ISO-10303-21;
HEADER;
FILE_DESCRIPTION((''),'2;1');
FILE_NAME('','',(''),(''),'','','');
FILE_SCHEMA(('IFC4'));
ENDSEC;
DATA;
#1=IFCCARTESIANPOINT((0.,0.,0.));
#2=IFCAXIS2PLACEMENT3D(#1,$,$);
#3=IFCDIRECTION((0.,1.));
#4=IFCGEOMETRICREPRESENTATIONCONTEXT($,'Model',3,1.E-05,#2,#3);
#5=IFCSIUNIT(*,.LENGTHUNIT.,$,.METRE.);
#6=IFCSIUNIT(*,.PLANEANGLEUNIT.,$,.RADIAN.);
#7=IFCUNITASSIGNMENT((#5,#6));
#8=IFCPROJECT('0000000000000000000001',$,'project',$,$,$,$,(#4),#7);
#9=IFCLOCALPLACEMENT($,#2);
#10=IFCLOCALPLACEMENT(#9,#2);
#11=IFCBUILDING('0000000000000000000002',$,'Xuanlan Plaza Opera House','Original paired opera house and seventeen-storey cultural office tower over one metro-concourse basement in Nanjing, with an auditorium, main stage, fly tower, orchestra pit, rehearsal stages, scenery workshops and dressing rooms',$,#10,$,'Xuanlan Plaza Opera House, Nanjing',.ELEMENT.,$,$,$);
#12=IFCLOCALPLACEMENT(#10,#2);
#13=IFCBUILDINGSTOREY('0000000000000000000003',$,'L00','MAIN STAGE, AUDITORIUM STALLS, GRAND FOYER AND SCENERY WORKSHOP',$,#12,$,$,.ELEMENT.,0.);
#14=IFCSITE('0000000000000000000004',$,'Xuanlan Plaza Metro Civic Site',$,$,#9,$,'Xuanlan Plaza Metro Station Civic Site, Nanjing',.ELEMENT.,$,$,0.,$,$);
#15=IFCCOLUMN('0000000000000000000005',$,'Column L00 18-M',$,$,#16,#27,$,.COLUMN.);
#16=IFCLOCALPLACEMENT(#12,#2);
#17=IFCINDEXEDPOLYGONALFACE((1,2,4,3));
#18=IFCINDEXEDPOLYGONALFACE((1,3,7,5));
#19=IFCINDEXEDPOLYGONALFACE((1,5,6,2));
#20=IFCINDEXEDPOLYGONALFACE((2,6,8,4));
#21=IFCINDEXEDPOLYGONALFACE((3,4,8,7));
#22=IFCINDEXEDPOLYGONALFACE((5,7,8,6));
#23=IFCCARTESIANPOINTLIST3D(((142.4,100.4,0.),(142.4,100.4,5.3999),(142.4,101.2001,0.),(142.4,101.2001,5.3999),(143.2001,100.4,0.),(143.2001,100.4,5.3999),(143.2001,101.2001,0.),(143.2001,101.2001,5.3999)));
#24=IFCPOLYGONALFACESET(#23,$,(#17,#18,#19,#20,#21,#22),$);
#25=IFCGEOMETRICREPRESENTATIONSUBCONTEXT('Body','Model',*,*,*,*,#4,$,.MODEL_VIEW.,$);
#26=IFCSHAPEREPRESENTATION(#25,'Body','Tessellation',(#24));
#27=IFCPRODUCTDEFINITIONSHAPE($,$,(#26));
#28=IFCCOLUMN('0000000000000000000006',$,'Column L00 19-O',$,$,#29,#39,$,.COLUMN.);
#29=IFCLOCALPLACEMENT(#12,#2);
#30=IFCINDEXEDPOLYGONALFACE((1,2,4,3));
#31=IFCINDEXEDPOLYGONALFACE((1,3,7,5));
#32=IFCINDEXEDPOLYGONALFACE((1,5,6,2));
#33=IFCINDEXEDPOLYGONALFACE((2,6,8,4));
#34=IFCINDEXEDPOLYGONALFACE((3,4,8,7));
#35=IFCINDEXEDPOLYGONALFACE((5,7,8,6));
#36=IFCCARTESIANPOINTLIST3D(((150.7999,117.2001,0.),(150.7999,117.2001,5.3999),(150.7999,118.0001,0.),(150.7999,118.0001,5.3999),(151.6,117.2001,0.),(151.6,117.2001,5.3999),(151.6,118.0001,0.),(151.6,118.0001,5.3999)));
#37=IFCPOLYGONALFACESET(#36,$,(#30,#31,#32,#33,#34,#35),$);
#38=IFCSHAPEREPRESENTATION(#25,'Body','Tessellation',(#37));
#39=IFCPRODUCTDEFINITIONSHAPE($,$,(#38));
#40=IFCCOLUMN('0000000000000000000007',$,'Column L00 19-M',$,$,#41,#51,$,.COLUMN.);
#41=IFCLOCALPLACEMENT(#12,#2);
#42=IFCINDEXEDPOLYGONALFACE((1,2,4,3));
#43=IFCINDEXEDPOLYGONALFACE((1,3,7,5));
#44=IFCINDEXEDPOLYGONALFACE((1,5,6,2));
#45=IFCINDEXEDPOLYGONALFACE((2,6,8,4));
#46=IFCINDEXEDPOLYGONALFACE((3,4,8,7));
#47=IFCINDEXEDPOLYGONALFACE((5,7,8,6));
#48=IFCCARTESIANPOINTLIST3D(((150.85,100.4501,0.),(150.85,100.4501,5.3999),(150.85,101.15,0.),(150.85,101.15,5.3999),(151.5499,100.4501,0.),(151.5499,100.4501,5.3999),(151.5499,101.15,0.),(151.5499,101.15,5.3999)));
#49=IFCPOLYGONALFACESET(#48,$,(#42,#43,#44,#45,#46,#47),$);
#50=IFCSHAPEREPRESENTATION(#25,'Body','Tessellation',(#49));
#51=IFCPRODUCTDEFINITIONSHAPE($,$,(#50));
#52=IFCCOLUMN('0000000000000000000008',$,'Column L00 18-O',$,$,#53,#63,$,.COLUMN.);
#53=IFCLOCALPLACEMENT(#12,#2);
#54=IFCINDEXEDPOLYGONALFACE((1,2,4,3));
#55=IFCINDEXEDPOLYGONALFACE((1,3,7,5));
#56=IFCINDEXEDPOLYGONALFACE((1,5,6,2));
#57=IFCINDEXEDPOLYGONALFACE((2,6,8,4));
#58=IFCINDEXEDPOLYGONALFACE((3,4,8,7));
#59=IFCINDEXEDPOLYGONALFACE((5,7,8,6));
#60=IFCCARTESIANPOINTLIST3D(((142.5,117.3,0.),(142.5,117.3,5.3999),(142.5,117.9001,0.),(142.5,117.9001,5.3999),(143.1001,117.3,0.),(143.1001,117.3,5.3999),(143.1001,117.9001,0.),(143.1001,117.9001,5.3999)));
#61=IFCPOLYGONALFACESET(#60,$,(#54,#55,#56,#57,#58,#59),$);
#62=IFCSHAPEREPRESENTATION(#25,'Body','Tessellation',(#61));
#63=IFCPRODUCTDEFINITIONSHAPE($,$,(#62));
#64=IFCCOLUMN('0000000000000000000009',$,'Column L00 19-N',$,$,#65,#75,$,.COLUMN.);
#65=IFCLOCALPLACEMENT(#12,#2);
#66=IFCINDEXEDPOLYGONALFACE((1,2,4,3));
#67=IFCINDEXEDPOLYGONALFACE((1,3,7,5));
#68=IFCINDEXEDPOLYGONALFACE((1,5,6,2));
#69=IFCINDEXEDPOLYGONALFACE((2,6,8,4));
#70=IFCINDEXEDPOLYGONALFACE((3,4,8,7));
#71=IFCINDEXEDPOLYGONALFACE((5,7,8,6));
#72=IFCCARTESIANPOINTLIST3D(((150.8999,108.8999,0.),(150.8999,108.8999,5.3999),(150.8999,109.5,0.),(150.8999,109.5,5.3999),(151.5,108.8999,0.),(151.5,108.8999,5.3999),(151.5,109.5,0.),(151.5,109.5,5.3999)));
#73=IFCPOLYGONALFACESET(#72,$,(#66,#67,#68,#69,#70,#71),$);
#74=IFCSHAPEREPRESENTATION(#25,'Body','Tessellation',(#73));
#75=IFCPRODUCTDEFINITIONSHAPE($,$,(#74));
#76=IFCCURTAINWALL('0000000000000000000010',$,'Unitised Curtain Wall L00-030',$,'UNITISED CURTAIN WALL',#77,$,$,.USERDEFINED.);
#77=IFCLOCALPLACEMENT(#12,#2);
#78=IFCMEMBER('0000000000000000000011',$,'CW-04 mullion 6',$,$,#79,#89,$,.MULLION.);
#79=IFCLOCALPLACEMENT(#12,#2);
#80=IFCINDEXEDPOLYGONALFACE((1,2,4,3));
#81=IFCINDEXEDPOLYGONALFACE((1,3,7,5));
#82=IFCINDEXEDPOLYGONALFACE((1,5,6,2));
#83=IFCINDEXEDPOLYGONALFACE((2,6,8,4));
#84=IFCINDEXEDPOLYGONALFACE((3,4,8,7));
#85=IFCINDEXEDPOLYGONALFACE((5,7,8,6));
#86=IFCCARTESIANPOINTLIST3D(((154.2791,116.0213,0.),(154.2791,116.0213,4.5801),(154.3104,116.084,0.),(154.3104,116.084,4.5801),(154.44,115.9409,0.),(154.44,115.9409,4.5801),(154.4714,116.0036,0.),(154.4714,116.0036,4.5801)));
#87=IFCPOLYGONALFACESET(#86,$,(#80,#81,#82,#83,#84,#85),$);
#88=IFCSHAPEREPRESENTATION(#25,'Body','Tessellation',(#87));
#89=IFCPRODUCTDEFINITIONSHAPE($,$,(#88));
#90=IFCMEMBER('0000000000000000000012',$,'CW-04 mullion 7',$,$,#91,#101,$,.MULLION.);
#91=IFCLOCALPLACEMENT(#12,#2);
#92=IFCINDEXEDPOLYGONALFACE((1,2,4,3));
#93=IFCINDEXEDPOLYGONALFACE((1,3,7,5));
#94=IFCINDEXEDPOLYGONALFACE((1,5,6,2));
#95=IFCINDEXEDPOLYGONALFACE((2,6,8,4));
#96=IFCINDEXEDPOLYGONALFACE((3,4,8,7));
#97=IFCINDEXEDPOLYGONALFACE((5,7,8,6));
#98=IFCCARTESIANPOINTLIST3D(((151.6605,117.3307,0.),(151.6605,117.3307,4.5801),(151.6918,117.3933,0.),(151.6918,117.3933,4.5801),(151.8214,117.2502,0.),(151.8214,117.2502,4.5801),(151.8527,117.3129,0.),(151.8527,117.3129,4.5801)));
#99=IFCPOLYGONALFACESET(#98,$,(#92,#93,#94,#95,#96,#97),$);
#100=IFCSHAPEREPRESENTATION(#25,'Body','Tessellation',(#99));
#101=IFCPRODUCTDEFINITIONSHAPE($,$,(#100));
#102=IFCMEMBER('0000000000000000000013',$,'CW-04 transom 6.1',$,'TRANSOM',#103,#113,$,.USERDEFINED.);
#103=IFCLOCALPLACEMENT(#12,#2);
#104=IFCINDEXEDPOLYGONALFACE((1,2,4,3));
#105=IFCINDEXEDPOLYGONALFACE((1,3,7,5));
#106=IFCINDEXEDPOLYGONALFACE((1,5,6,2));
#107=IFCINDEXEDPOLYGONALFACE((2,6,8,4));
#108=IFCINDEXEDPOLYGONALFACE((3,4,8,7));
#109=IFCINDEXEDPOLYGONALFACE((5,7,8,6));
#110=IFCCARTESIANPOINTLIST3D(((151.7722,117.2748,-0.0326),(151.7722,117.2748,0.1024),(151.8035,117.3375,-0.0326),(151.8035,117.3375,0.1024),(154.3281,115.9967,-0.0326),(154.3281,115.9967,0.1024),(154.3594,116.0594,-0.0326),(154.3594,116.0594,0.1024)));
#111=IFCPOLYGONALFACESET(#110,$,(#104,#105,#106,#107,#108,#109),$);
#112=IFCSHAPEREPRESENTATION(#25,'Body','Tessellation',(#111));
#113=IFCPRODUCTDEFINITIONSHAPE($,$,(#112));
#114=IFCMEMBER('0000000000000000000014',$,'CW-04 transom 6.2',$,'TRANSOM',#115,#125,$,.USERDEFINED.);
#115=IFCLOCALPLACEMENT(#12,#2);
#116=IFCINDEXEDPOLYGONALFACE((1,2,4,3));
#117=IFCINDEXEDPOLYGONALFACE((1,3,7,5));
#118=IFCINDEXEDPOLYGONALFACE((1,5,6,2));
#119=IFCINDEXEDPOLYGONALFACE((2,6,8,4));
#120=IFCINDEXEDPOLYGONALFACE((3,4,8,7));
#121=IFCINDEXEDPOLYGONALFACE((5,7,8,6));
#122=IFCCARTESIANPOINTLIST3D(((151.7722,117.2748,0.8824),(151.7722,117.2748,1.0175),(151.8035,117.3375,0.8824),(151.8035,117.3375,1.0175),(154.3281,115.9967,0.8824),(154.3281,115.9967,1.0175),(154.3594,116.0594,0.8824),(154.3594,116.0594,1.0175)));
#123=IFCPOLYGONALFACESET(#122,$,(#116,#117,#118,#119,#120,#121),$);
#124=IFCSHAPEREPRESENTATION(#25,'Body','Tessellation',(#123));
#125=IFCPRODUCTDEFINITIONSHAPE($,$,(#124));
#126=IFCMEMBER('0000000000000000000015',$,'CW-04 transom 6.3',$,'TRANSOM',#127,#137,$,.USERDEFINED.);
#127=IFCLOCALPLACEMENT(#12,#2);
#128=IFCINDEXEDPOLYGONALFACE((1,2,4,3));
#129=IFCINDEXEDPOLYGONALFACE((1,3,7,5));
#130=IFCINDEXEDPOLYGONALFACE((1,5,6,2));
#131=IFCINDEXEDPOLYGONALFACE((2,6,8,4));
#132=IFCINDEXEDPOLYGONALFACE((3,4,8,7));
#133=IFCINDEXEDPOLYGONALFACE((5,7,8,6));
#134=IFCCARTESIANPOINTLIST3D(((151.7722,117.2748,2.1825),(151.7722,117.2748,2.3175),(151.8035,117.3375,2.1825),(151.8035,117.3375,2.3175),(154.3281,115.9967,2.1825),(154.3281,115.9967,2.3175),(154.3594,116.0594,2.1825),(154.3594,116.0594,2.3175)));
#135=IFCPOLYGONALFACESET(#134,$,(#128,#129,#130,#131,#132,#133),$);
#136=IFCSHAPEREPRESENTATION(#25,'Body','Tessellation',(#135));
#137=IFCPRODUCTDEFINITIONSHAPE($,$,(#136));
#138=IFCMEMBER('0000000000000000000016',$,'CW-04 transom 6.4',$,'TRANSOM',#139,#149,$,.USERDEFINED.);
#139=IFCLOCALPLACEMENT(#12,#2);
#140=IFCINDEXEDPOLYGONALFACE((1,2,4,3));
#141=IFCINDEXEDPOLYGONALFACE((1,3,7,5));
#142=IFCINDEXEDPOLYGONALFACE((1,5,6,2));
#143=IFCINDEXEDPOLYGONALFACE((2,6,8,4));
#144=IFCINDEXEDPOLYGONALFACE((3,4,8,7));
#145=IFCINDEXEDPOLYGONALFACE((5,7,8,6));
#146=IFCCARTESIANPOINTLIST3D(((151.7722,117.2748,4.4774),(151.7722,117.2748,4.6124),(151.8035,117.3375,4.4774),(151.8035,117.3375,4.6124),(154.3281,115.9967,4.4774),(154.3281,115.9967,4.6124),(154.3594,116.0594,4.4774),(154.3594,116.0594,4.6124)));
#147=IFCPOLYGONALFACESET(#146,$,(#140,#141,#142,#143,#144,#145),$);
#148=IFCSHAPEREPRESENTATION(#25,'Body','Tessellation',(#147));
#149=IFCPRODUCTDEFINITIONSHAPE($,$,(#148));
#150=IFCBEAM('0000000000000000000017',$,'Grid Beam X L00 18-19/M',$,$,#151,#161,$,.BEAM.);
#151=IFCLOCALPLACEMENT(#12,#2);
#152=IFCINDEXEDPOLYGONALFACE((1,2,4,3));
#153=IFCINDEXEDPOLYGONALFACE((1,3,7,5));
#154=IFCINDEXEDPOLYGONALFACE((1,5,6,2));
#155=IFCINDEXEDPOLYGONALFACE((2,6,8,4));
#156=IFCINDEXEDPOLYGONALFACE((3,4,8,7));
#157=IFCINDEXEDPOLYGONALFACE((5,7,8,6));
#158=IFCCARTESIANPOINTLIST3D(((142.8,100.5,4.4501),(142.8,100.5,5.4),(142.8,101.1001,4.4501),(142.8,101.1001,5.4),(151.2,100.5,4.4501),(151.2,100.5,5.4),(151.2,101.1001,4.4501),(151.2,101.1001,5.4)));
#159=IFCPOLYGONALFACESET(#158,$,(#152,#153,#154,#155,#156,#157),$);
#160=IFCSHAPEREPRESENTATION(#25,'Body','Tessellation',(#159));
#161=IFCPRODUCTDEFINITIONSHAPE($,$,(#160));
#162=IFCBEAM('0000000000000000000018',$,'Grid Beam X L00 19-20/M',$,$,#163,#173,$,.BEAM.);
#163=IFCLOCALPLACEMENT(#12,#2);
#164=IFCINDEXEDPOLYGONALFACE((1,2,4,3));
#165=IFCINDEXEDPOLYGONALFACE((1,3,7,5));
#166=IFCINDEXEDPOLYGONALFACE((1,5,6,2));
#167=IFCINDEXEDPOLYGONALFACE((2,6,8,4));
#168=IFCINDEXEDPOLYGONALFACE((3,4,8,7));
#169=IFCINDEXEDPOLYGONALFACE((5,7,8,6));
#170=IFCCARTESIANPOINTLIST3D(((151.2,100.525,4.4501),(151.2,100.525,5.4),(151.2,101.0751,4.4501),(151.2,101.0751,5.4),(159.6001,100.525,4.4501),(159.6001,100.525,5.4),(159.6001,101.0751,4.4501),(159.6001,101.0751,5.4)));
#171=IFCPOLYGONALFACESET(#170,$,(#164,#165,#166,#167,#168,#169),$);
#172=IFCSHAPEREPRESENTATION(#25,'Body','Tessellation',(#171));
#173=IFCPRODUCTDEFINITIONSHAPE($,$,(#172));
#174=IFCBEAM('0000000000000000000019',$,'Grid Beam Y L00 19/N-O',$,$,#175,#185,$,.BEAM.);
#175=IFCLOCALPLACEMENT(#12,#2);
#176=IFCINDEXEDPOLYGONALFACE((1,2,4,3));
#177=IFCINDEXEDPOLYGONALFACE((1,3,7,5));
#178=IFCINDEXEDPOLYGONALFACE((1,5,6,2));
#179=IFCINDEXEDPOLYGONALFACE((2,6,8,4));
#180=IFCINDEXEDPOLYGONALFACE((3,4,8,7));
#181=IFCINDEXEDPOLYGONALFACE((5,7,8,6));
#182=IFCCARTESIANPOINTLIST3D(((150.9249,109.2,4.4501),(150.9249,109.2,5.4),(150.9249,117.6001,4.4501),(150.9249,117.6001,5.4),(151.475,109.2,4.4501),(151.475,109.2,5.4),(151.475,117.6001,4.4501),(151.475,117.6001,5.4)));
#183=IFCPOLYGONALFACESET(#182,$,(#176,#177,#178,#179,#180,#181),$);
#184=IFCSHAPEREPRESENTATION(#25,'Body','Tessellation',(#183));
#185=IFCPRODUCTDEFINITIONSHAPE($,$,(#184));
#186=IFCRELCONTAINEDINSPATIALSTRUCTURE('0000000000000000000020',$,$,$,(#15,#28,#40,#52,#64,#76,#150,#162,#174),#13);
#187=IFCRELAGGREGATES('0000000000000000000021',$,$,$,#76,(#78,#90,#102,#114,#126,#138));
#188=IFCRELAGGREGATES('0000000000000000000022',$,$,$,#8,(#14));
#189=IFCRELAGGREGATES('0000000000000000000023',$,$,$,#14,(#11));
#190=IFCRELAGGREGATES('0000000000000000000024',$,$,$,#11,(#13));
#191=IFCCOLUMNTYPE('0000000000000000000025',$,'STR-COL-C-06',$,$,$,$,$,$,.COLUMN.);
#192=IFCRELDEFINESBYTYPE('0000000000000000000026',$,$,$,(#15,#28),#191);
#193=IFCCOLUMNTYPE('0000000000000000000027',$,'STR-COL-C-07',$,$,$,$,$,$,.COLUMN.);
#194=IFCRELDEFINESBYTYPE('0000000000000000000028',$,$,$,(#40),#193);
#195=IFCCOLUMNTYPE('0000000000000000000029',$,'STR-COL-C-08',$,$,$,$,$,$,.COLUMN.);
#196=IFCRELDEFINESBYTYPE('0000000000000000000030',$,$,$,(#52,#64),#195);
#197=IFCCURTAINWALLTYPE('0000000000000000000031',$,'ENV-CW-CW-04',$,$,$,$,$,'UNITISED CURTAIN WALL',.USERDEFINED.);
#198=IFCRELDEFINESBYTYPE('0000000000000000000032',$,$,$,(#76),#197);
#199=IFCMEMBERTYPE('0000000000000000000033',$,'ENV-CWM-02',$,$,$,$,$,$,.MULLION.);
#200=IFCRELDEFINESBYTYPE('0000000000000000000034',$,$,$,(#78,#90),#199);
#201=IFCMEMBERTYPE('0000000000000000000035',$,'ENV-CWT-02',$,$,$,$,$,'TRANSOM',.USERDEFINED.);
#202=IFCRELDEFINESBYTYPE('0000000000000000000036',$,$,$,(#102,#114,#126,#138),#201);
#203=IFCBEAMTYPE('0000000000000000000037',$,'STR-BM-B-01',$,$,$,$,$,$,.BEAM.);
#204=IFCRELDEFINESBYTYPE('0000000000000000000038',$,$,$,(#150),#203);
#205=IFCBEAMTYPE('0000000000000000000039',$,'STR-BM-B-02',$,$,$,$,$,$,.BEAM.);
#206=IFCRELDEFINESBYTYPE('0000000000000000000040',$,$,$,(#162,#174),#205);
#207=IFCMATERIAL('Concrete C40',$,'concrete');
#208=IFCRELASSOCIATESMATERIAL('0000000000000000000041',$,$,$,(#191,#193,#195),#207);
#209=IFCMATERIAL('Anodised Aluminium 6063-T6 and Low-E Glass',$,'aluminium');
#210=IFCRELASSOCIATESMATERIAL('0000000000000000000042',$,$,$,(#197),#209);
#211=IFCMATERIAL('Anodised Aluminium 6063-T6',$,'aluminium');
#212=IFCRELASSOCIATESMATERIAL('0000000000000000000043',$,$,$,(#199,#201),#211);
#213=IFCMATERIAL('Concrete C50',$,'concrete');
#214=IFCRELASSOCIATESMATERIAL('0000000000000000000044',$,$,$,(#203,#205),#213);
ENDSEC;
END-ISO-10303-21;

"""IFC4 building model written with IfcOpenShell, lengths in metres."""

from ifc_helpers import new_model, si_unit, direction, frame, origin, origin_2d, place, context, subcontext, project, spatial, rectangle, extrude, material, material_profile, profile_set, type_object, element, aggregate, save


model = new_model("IFC4")

# Units and contexts
model_context = context("Model", 3, precision=1e-05, world=origin(), true_north=direction((0.0, 1.0)))
body_context = subcontext(model_context, "Body", "Model", "MODEL_VIEW")
ifc_project = project(units=[si_unit("LENGTHUNIT", "METRE"), si_unit("PLANEANGLEUNIT", "RADIAN")], contexts=[model_context])

# Site, building, storey
site_placement = place(None, origin())
site = spatial("IfcSite", under=ifc_project, at=site_placement, Name="Xuanlan Plaza Metro Civic Site", LongName="Xuanlan Plaza Metro Station Civic Site, Nanjing", CompositionType="ELEMENT", RefElevation=0.0)
building_placement = place(site_placement, origin())
building = spatial("IfcBuilding", under=site, at=building_placement, Name="Xuanlan Plaza Opera House", Description="Original paired opera house and seventeen-storey cultural office tower over one metro-concourse basement in Nanjing, with an auditorium, main stage, fly tower, orchestra pit, rehearsal stages, scenery workshops and dressing rooms", LongName="Xuanlan Plaza Opera House, Nanjing", CompositionType="ELEMENT")
storey_placement = place(building_placement, origin())
storey = spatial("IfcBuildingStorey", under=building, at=storey_placement, Name="L00", Description="MAIN STAGE, AUDITORIUM STALLS, GRAND FOYER AND SCENERY WORKSHOP", CompositionType="ELEMENT", Elevation=0.0)

# Columns
ifc_material_1 = material(Name="Concrete C40", Category="concrete")
ifc_material_profile_1 = material_profile(ifc_material_1, rectangle(XDim=0.8, YDim=0.8, at=origin_2d()), Name="RC-COL 800x800")
ifc_profile_set_1 = profile_set([ifc_material_profile_1], Name="Concrete C40")
column_type_1 = type_object("IfcColumnType", Name="STR-COL-C-06", PredefinedType="COLUMN", material=ifc_profile_set_1)
for number, where, z_axis, x_axis, name in (
    (1, (142.8, 100.8, 0.0), (0.0, 0.0, 1.0), (1.0, 0.0, 0.0), "Column L00 18-M"),
    (2, (151.2, 117.6001, 0.0), (0.0, 0.0, 1.0), (1.0, 0.0, 0.0), "Column L00 19-O"),
):
    element("IfcColumn", number, at=place(storey_placement, frame(where, z_axis=z_axis, x_axis=x_axis)), inside=storey, type_object=column_type_1, Name=name, PredefinedType="COLUMN", context=body_context, shape_type="SweptSolid", body=[
        extrude(rectangle(XDim=0.8, YDim=0.8, at=origin_2d()), origin(), (0.0, 0.0, 1.0), 5.3999),
    ])
ifc_material_profile_2 = material_profile(ifc_material_1, rectangle(XDim=0.7, YDim=0.7, at=origin_2d()), Name="RC-COL 700x700")
ifc_profile_set_2 = profile_set([ifc_material_profile_2], Name="Concrete C40")
column_type_2 = type_object("IfcColumnType", Name="STR-COL-C-07", PredefinedType="COLUMN", material=ifc_profile_set_2)
column_placement = place(storey_placement, frame((151.2, 100.8, 0.0), z_axis=(0.0, 0.0, 1.0), x_axis=(1.0, 0.0, 0.0)))
element("IfcColumn", 3, at=column_placement, inside=storey, type_object=column_type_2, Name="Column L00 19-M", PredefinedType="COLUMN", context=body_context, shape_type="SweptSolid", body=[
    extrude(rectangle(XDim=0.7, YDim=0.7, at=origin_2d()), origin(), (0.0, 0.0, 1.0), 5.3999),
])
ifc_material_profile_3 = material_profile(ifc_material_1, rectangle(XDim=0.6001, YDim=0.6001, at=origin_2d()), Name="RC-COL 600x600")
ifc_profile_set_3 = profile_set([ifc_material_profile_3], Name="Concrete C40")
column_type_3 = type_object("IfcColumnType", Name="STR-COL-C-08", PredefinedType="COLUMN", material=ifc_profile_set_3)
for number, where, z_axis, x_axis, name in (
    (4, (142.8, 117.6001, 0.0), (0.0, 0.0, 1.0), (1.0, 0.0, 0.0), "Column L00 18-O"),
    (5, (151.2, 109.2, 0.0), (0.0, 0.0, 1.0), (1.0, 0.0, 0.0), "Column L00 19-N"),
):
    element("IfcColumn", number, at=place(storey_placement, frame(where, z_axis=z_axis, x_axis=x_axis)), inside=storey, type_object=column_type_3, Name=name, PredefinedType="COLUMN", context=body_context, shape_type="SweptSolid", body=[
        extrude(rectangle(XDim=0.6001, YDim=0.6001, at=origin_2d()), origin(), (0.0, 0.0, 1.0), 5.3999),
    ])

# Curtain wall, members
ifc_material_2 = material(Name="Anodised Aluminium 6063-T6 and Low-E Glass", Category="aluminium")
curtain_wall_type = type_object("IfcCurtainWallType", Name="ENV-CW-CW-04", ElementType="UNITISED CURTAIN WALL", PredefinedType="USERDEFINED", material=ifc_material_2)
curtain_wall_placement = place(storey_placement, origin())
curtain_wall = element("IfcCurtainWall", 6, at=curtain_wall_placement, inside=storey, type_object=curtain_wall_type, Name="Unitised Curtain Wall L00-030", ObjectType="UNITISED CURTAIN WALL", PredefinedType="USERDEFINED")
ifc_material_3 = material(Name="Anodised Aluminium 6063-T6", Category="aluminium")
ifc_material_profile_4 = material_profile(ifc_material_3, rectangle(XDim=0.0701, YDim=0.1799, at=origin_2d()), Name="ALU-M 70x180")
ifc_profile_set_4 = profile_set([ifc_material_profile_4], Name="Anodised Aluminium 6063-T6")
member_type_1 = type_object("IfcMemberType", Name="ENV-CWM-02", PredefinedType="MULLION", material=ifc_profile_set_4)
member_1_placement = place(storey_placement, frame((154.3752, 116.0125, 0.0), z_axis=(0.0, 0.0, 1.0), x_axis=(-0.447214, -0.894427, 0.0)))
member_1 = element("IfcMember", 7, at=member_1_placement, type_object=member_type_1, Name="CW-04 mullion 6", PredefinedType="MULLION", context=body_context, shape_type="SweptSolid", body=[
    extrude(rectangle(XDim=0.0701, YDim=0.1799, at=origin_2d()), origin(), (0.0, 0.0, 1.0), 4.5801),
])
member_2_placement = place(storey_placement, frame((151.7566, 117.3218, 0.0), z_axis=(0.0, 0.0, 1.0), x_axis=(-0.447214, -0.894427, 0.0)))
member_2 = element("IfcMember", 8, at=member_2_placement, type_object=member_type_1, Name="CW-04 mullion 7", PredefinedType="MULLION", context=body_context, shape_type="SweptSolid", body=[
    extrude(rectangle(XDim=0.0701, YDim=0.1799, at=origin_2d()), origin(), (0.0, 0.0, 1.0), 4.5801),
])
ifc_material_profile_5 = material_profile(ifc_material_3, rectangle(XDim=0.0701, YDim=0.135, at=origin_2d()), Name="ALU-T 70x135")
ifc_profile_set_5 = profile_set([ifc_material_profile_5], Name="Anodised Aluminium 6063-T6")
member_type_2 = type_object("IfcMemberType", Name="ENV-CWT-02", ElementType="TRANSOM", PredefinedType="USERDEFINED", material=ifc_profile_set_5)
member_3_placement = place(storey_placement, frame((154.3438, 116.0281, 0.0349), z_axis=(-0.89441, 0.447248, 0.0), x_axis=(-0.447248, -0.89441, 0.0)))
member_3 = element("IfcMember", 9, at=member_3_placement, type_object=member_type_2, Name="CW-04 transom 6.1", ObjectType="TRANSOM", PredefinedType="USERDEFINED", context=body_context, shape_type="SweptSolid", body=[
    extrude(rectangle(XDim=0.0701, YDim=0.135, at=origin_2d()), origin(), (0.0, 0.0, 1.0), 2.8577),
])
member_4_placement = place(storey_placement, frame((154.3438, 116.0281, 0.95), z_axis=(-0.89441, 0.447248, 0.0), x_axis=(-0.447248, -0.89441, 0.0)))
member_4 = element("IfcMember", 10, at=member_4_placement, type_object=member_type_2, Name="CW-04 transom 6.2", ObjectType="TRANSOM", PredefinedType="USERDEFINED", context=body_context, shape_type="SweptSolid", body=[
    extrude(rectangle(XDim=0.0701, YDim=0.135, at=origin_2d()), origin(), (0.0, 0.0, 1.0), 2.8577),
])
member_5_placement = place(storey_placement, frame((154.3438, 116.0281, 2.25), z_axis=(-0.89441, 0.447248, 0.0), x_axis=(-0.447248, -0.89441, 0.0)))
member_5 = element("IfcMember", 11, at=member_5_placement, type_object=member_type_2, Name="CW-04 transom 6.3", ObjectType="TRANSOM", PredefinedType="USERDEFINED", context=body_context, shape_type="SweptSolid", body=[
    extrude(rectangle(XDim=0.0701, YDim=0.135, at=origin_2d()), origin(), (0.0, 0.0, 1.0), 2.8577),
])
member_6_placement = place(storey_placement, frame((154.3438, 116.0281, 4.5449), z_axis=(-0.89441, 0.447248, 0.0), x_axis=(-0.447248, -0.89441, 0.0)))
member_6 = element("IfcMember", 12, at=member_6_placement, type_object=member_type_2, Name="CW-04 transom 6.4", ObjectType="TRANSOM", PredefinedType="USERDEFINED", context=body_context, shape_type="SweptSolid", body=[
    extrude(rectangle(XDim=0.0701, YDim=0.135, at=origin_2d()), origin(), (0.0, 0.0, 1.0), 2.8577),
])

# Beams
ifc_material_4 = material(Name="Concrete C50", Category="concrete")
ifc_material_profile_6 = material_profile(ifc_material_4, rectangle(XDim=0.6001, YDim=0.95, at=origin_2d()), Name="RC-BM 600x950")
ifc_profile_set_6 = profile_set([ifc_material_profile_6], Name="Concrete C50")
beam_type_1 = type_object("IfcBeamType", Name="STR-BM-B-01", PredefinedType="BEAM", material=ifc_profile_set_6)
beam_1_placement = place(storey_placement, frame((142.8, 100.8, 4.925), z_axis=(1.0, 0.0, 0.0), x_axis=(0.0, 1.0, 0.0)))
element("IfcBeam", 13, at=beam_1_placement, inside=storey, type_object=beam_type_1, Name="Grid Beam X L00 18-19/M", PredefinedType="BEAM", context=body_context, shape_type="SweptSolid", body=[
    extrude(rectangle(XDim=0.6001, YDim=0.95, at=origin_2d()), origin(), (0.0, 0.0, 1.0), 8.3999),
])
ifc_material_profile_7 = material_profile(ifc_material_4, rectangle(XDim=0.55, YDim=0.95, at=origin_2d()), Name="RC-BM 550x950")
ifc_profile_set_7 = profile_set([ifc_material_profile_7], Name="Concrete C50")
beam_type_2 = type_object("IfcBeamType", Name="STR-BM-B-02", PredefinedType="BEAM", material=ifc_profile_set_7)
for number, where, z_axis, x_axis, name in (
    (14, (151.2, 100.8, 4.925), (1.0, 0.0, 0.0), (0.0, 1.0, 0.0), "Grid Beam X L00 19-20/M"),
    (15, (151.2, 109.2, 4.925), (0.0, 1.0, 0.0), (-1.0, 0.0, 0.0), "Grid Beam Y L00 19/N-O"),
):
    element("IfcBeam", number, at=place(storey_placement, frame(where, z_axis=z_axis, x_axis=x_axis)), inside=storey, type_object=beam_type_2, Name=name, PredefinedType="BEAM", context=body_context, shape_type="SweptSolid", body=[
        extrude(rectangle(XDim=0.55, YDim=0.95, at=origin_2d()), origin(), (0.0, 0.0, 1.0), 8.4001),
    ])

aggregate(curtain_wall, [member_1, member_2, member_3, member_4, member_5, member_6])

save(model, "model.ifc")
